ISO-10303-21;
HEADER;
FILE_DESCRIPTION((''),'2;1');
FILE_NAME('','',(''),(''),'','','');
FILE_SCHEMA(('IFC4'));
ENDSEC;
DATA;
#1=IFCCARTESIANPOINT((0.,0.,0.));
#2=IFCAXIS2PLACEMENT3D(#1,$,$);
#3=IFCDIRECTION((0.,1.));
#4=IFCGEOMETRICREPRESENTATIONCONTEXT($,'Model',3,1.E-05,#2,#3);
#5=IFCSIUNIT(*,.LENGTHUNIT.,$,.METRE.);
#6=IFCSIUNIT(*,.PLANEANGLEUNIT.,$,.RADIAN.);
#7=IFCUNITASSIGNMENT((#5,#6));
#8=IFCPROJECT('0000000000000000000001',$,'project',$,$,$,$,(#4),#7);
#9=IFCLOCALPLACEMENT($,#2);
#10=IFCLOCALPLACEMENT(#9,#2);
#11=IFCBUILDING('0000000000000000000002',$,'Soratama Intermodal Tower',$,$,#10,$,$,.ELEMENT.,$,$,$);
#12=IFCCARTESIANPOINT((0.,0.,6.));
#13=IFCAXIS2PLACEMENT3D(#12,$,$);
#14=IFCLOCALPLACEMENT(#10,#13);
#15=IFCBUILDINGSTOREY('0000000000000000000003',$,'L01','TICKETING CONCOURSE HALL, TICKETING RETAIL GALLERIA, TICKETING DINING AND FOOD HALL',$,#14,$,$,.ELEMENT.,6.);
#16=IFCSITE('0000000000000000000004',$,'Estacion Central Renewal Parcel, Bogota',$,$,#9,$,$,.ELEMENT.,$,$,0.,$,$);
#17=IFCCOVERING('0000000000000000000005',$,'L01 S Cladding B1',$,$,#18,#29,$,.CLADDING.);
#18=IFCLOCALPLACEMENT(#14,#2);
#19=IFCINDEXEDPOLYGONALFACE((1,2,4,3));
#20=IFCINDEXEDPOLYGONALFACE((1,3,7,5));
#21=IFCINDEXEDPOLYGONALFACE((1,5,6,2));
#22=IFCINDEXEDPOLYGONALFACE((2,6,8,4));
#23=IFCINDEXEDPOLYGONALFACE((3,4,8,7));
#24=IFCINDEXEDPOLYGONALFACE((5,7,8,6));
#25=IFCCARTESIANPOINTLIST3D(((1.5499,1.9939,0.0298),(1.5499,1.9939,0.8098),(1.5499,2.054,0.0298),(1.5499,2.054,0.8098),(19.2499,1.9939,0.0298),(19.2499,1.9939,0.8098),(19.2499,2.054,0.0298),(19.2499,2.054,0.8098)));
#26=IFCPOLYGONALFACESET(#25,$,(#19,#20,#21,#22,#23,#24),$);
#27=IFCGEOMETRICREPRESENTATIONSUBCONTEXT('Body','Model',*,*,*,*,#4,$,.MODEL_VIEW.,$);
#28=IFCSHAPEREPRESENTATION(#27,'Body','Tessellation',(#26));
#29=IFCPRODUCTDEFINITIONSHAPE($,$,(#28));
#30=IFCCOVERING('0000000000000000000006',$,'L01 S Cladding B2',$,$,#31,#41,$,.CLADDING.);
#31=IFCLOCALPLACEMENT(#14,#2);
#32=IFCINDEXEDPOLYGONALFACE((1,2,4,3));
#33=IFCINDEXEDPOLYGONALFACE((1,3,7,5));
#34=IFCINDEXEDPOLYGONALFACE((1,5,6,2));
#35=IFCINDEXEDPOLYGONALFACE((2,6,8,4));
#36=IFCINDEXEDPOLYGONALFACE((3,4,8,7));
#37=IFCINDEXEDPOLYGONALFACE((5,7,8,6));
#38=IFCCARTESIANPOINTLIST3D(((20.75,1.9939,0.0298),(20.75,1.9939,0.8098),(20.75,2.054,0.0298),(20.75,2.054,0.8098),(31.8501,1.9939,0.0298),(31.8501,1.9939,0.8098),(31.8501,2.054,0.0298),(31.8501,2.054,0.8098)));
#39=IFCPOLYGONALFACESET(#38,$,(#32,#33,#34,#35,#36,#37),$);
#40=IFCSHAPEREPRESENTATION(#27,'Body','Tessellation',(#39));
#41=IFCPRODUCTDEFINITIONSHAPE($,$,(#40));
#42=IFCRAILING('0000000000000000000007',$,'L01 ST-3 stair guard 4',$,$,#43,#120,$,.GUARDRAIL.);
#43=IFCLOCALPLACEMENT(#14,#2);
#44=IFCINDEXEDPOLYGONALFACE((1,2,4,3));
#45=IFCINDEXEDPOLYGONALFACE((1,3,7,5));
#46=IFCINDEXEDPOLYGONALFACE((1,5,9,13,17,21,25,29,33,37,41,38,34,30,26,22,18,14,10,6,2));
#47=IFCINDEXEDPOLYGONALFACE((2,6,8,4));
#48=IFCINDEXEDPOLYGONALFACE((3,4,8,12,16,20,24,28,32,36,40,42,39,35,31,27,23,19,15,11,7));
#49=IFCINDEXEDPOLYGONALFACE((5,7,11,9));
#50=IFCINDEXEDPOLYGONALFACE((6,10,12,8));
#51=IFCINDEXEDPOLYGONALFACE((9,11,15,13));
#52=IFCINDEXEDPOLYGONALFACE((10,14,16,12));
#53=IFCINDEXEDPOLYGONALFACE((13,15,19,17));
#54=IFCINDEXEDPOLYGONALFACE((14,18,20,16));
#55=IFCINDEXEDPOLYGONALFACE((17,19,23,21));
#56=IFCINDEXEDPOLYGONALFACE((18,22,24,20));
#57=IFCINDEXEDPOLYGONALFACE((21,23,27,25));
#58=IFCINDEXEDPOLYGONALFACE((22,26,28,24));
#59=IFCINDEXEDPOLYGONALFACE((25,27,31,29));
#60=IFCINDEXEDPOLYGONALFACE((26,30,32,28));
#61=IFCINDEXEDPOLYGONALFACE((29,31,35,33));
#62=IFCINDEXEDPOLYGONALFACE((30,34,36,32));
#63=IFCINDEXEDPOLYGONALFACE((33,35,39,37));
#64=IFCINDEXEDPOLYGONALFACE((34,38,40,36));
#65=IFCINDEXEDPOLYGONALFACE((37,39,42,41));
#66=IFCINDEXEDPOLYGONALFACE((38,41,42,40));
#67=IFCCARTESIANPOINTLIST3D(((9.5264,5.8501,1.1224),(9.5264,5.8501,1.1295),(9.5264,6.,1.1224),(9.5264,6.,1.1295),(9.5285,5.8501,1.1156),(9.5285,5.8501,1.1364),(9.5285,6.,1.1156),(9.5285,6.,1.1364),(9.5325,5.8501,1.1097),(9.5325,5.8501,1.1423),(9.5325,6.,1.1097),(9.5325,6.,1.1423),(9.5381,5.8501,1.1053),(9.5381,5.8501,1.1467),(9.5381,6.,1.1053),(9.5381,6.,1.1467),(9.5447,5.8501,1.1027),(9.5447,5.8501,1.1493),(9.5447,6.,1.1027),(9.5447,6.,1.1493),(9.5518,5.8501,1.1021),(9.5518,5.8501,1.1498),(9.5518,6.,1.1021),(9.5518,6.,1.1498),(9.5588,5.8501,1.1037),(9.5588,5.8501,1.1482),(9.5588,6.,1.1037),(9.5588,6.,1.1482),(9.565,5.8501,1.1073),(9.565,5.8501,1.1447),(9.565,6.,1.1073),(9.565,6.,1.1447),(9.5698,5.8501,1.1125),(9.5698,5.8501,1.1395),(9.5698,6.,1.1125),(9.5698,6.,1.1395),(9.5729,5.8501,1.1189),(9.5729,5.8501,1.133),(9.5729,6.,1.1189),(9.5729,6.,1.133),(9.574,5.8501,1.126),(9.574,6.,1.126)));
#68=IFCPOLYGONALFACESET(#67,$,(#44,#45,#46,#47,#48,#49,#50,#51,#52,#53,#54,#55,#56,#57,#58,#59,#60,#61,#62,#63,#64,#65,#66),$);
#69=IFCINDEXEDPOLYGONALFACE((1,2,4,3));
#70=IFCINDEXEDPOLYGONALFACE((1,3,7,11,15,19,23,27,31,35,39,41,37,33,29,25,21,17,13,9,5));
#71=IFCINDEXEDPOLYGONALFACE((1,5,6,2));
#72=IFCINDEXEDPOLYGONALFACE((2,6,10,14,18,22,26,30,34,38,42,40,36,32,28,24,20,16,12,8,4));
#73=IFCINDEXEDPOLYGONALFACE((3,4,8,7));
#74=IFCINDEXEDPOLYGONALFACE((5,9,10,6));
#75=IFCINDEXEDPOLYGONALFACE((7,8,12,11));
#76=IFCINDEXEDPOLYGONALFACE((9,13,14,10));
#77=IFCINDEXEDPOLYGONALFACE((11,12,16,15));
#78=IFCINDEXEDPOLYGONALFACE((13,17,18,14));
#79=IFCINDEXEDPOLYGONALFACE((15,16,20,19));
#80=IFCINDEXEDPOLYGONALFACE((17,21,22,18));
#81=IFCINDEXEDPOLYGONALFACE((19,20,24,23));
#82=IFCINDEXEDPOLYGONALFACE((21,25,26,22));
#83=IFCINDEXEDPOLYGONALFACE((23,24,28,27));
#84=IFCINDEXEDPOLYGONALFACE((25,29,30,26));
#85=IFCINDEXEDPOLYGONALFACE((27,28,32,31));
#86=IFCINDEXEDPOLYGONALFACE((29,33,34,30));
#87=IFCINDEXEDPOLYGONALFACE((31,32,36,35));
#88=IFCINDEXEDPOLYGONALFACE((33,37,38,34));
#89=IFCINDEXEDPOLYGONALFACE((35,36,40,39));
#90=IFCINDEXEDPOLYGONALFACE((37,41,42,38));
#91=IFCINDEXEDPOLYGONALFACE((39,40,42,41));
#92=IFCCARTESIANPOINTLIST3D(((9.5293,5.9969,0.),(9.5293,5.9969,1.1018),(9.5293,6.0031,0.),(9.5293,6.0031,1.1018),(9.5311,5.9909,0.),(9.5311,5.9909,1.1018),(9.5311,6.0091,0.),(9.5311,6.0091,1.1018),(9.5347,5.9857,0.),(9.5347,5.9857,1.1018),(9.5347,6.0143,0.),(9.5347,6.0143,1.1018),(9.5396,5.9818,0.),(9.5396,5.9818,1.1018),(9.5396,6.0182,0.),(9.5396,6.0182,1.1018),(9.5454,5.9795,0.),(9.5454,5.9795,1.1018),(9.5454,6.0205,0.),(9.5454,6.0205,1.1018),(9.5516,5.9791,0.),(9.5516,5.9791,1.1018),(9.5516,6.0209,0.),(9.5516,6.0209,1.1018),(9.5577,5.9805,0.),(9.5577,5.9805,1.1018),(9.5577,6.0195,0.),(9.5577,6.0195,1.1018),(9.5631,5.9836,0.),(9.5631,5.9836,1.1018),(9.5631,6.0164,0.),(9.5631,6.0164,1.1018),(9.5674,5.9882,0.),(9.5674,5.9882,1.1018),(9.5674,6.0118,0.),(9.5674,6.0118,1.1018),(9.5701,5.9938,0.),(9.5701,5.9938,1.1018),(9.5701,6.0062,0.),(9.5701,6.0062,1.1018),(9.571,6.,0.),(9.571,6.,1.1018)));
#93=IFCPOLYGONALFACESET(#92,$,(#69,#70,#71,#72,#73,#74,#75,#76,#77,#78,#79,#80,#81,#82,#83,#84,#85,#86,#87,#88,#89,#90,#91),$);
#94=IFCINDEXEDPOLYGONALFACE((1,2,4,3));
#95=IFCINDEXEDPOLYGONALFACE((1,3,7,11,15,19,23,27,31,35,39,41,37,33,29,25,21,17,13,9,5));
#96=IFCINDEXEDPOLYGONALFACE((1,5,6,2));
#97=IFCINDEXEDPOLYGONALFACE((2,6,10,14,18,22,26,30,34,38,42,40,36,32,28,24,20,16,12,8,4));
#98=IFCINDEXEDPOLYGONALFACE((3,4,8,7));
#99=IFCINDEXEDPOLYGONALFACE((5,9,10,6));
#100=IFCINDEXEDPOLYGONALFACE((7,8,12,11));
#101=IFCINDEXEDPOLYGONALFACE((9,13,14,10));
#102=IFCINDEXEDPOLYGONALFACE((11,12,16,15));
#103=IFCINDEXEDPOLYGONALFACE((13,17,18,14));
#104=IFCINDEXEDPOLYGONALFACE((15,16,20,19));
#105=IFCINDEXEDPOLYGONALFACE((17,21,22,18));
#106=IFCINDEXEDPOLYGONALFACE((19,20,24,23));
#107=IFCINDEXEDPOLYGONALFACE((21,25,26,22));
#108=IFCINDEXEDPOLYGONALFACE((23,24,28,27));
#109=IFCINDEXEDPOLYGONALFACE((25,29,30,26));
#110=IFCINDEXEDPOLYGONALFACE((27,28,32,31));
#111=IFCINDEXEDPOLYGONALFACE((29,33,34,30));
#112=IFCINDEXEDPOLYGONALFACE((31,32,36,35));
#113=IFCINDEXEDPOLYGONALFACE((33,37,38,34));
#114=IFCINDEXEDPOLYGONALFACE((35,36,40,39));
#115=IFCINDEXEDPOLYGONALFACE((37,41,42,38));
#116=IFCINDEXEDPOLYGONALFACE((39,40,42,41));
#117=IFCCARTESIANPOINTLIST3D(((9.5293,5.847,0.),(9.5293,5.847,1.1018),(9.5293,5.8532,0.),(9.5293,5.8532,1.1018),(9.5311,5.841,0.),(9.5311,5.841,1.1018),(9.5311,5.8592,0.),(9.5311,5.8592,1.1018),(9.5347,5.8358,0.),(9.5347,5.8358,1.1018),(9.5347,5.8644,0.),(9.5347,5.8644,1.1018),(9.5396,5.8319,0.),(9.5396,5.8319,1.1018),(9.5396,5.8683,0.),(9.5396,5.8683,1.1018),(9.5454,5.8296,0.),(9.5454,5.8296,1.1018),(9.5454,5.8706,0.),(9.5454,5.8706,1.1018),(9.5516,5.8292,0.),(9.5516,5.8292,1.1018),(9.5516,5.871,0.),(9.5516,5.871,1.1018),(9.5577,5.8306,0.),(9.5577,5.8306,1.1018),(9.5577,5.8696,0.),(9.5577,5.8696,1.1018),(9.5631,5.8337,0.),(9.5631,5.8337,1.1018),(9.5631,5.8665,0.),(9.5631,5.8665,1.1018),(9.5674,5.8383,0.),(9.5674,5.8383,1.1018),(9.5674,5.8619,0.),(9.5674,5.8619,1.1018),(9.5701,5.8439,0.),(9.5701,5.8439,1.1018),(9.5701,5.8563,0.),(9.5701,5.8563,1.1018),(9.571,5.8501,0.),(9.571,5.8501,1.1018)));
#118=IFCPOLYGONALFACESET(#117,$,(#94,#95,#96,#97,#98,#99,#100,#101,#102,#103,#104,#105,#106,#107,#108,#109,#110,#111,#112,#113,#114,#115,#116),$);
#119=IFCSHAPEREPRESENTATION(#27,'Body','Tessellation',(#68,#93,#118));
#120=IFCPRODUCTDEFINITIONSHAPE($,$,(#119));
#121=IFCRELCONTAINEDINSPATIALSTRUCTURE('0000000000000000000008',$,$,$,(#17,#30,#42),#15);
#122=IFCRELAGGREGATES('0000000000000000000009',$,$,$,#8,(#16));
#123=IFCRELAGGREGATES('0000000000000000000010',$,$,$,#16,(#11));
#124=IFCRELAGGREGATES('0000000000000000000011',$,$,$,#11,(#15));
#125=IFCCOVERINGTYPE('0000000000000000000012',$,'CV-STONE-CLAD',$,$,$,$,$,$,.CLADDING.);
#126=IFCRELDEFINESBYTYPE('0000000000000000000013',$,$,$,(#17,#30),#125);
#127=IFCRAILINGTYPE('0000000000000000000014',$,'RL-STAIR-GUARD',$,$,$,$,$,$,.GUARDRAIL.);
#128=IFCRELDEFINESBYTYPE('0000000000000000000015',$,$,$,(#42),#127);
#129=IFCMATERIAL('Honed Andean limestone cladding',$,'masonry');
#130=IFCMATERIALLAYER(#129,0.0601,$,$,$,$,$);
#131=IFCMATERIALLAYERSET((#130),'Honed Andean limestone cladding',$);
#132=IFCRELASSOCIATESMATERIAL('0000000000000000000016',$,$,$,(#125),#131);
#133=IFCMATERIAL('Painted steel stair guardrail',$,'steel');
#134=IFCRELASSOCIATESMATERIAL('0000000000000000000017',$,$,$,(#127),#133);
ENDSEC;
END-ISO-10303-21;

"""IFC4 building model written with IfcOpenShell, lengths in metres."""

from ifc_helpers import new_model, si_unit, direction, frame, origin, origin_2d, place, context, subcontext, project, spatial, rectangle, circle, extrude, material, layer, layer_set, type_object, element, save


model = new_model("IFC4")

# Units and contexts
model_context = context("Model", 3, precision=1e-05, world=origin(), true_north=direction((0.0, 1.0)))
body_context = subcontext(model_context, "Body", "Model", "MODEL_VIEW")
ifc_project = project(units=[si_unit("LENGTHUNIT", "METRE"), si_unit("PLANEANGLEUNIT", "RADIAN")], contexts=[model_context])

# Site, building, storey
site_placement = place(None, origin())
site = spatial("IfcSite", under=ifc_project, at=site_placement, Name="Estacion Central Renewal Parcel, Bogota", CompositionType="ELEMENT", RefElevation=0.0)
building_placement = place(site_placement, origin())
building = spatial("IfcBuilding", under=site, at=building_placement, Name="Soratama Intermodal Tower", CompositionType="ELEMENT")
storey_placement = place(building_placement, frame((0.0, 0.0, 6.0)))
storey = spatial("IfcBuildingStorey", under=building, at=storey_placement, Name="L01", Description="TICKETING CONCOURSE HALL, TICKETING RETAIL GALLERIA, TICKETING DINING AND FOOD HALL", CompositionType="ELEMENT", Elevation=6.0)

# Coverings
ifc_material_1 = material(Name="Honed Andean limestone cladding", Category="masonry")
ifc_layer_1 = layer(ifc_material_1, 0.0601)
ifc_layer_set_1 = layer_set([ifc_layer_1], Name="Honed Andean limestone cladding")
covering_type = type_object("IfcCoveringType", Name="CV-STONE-CLAD", PredefinedType="CLADDING", material=ifc_layer_set_1)
covering_1_placement = place(storey_placement, frame((10.3999, 2.0239, 0.0298), z_axis=(0.0, 0.0, 1.0), x_axis=(1.0, 0.0, 0.0)))
element("IfcCovering", 1, at=covering_1_placement, inside=storey, type_object=covering_type, Name="L01 S Cladding B1", PredefinedType="CLADDING", context=body_context, shape_type="SweptSolid", body=[
    extrude(rectangle(XDim=17.7, YDim=0.0601, at=origin_2d()), origin(), (0.0, 0.0, 1.0), 0.78),
])
covering_2_placement = place(storey_placement, frame((26.3, 2.0239, 0.0298), z_axis=(0.0, 0.0, 1.0), x_axis=(1.0, 0.0, 0.0)))
element("IfcCovering", 2, at=covering_2_placement, inside=storey, type_object=covering_type, Name="L01 S Cladding B2", PredefinedType="CLADDING", context=body_context, shape_type="SweptSolid", body=[
    extrude(rectangle(XDim=11.1001, YDim=0.0601, at=origin_2d()), origin(), (0.0, 0.0, 1.0), 0.78),
])

# Railing
ifc_material_2 = material(Name="Painted steel stair guardrail", Category="steel")
railing_type_1 = type_object("IfcRailingType", Name="RL-STAIR-GUARD", PredefinedType="GUARDRAIL", material=ifc_material_2)
railing_1_placement = place(storey_placement, frame((9.55, 6.0, 0.0)))
element("IfcRailing", 3, at=railing_1_placement, inside=storey, type_object=railing_type_1, Name="L01 ST-3 stair guard 4", PredefinedType="GUARDRAIL", context=body_context, shape_type="SweptSolid", body=[
    extrude(circle(Radius=0.0239, at=origin_2d()), frame((0.0, 0.0, 1.126), z_axis=(0.0, -1.0, 0.0), x_axis=(1.0, 0.0, 0.0)), (0.0, 0.0, 1.0), 0.1499),
    extrude(circle(Radius=0.021, at=origin_2d()), origin(), (0.0, 0.0, 1.0), 1.1018),
    extrude(circle(Radius=0.021, at=origin_2d()), frame((0.0, -0.1499, 0.0)), (0.0, 0.0, 1.0), 1.1018),
])

save(model, "model.ifc")
